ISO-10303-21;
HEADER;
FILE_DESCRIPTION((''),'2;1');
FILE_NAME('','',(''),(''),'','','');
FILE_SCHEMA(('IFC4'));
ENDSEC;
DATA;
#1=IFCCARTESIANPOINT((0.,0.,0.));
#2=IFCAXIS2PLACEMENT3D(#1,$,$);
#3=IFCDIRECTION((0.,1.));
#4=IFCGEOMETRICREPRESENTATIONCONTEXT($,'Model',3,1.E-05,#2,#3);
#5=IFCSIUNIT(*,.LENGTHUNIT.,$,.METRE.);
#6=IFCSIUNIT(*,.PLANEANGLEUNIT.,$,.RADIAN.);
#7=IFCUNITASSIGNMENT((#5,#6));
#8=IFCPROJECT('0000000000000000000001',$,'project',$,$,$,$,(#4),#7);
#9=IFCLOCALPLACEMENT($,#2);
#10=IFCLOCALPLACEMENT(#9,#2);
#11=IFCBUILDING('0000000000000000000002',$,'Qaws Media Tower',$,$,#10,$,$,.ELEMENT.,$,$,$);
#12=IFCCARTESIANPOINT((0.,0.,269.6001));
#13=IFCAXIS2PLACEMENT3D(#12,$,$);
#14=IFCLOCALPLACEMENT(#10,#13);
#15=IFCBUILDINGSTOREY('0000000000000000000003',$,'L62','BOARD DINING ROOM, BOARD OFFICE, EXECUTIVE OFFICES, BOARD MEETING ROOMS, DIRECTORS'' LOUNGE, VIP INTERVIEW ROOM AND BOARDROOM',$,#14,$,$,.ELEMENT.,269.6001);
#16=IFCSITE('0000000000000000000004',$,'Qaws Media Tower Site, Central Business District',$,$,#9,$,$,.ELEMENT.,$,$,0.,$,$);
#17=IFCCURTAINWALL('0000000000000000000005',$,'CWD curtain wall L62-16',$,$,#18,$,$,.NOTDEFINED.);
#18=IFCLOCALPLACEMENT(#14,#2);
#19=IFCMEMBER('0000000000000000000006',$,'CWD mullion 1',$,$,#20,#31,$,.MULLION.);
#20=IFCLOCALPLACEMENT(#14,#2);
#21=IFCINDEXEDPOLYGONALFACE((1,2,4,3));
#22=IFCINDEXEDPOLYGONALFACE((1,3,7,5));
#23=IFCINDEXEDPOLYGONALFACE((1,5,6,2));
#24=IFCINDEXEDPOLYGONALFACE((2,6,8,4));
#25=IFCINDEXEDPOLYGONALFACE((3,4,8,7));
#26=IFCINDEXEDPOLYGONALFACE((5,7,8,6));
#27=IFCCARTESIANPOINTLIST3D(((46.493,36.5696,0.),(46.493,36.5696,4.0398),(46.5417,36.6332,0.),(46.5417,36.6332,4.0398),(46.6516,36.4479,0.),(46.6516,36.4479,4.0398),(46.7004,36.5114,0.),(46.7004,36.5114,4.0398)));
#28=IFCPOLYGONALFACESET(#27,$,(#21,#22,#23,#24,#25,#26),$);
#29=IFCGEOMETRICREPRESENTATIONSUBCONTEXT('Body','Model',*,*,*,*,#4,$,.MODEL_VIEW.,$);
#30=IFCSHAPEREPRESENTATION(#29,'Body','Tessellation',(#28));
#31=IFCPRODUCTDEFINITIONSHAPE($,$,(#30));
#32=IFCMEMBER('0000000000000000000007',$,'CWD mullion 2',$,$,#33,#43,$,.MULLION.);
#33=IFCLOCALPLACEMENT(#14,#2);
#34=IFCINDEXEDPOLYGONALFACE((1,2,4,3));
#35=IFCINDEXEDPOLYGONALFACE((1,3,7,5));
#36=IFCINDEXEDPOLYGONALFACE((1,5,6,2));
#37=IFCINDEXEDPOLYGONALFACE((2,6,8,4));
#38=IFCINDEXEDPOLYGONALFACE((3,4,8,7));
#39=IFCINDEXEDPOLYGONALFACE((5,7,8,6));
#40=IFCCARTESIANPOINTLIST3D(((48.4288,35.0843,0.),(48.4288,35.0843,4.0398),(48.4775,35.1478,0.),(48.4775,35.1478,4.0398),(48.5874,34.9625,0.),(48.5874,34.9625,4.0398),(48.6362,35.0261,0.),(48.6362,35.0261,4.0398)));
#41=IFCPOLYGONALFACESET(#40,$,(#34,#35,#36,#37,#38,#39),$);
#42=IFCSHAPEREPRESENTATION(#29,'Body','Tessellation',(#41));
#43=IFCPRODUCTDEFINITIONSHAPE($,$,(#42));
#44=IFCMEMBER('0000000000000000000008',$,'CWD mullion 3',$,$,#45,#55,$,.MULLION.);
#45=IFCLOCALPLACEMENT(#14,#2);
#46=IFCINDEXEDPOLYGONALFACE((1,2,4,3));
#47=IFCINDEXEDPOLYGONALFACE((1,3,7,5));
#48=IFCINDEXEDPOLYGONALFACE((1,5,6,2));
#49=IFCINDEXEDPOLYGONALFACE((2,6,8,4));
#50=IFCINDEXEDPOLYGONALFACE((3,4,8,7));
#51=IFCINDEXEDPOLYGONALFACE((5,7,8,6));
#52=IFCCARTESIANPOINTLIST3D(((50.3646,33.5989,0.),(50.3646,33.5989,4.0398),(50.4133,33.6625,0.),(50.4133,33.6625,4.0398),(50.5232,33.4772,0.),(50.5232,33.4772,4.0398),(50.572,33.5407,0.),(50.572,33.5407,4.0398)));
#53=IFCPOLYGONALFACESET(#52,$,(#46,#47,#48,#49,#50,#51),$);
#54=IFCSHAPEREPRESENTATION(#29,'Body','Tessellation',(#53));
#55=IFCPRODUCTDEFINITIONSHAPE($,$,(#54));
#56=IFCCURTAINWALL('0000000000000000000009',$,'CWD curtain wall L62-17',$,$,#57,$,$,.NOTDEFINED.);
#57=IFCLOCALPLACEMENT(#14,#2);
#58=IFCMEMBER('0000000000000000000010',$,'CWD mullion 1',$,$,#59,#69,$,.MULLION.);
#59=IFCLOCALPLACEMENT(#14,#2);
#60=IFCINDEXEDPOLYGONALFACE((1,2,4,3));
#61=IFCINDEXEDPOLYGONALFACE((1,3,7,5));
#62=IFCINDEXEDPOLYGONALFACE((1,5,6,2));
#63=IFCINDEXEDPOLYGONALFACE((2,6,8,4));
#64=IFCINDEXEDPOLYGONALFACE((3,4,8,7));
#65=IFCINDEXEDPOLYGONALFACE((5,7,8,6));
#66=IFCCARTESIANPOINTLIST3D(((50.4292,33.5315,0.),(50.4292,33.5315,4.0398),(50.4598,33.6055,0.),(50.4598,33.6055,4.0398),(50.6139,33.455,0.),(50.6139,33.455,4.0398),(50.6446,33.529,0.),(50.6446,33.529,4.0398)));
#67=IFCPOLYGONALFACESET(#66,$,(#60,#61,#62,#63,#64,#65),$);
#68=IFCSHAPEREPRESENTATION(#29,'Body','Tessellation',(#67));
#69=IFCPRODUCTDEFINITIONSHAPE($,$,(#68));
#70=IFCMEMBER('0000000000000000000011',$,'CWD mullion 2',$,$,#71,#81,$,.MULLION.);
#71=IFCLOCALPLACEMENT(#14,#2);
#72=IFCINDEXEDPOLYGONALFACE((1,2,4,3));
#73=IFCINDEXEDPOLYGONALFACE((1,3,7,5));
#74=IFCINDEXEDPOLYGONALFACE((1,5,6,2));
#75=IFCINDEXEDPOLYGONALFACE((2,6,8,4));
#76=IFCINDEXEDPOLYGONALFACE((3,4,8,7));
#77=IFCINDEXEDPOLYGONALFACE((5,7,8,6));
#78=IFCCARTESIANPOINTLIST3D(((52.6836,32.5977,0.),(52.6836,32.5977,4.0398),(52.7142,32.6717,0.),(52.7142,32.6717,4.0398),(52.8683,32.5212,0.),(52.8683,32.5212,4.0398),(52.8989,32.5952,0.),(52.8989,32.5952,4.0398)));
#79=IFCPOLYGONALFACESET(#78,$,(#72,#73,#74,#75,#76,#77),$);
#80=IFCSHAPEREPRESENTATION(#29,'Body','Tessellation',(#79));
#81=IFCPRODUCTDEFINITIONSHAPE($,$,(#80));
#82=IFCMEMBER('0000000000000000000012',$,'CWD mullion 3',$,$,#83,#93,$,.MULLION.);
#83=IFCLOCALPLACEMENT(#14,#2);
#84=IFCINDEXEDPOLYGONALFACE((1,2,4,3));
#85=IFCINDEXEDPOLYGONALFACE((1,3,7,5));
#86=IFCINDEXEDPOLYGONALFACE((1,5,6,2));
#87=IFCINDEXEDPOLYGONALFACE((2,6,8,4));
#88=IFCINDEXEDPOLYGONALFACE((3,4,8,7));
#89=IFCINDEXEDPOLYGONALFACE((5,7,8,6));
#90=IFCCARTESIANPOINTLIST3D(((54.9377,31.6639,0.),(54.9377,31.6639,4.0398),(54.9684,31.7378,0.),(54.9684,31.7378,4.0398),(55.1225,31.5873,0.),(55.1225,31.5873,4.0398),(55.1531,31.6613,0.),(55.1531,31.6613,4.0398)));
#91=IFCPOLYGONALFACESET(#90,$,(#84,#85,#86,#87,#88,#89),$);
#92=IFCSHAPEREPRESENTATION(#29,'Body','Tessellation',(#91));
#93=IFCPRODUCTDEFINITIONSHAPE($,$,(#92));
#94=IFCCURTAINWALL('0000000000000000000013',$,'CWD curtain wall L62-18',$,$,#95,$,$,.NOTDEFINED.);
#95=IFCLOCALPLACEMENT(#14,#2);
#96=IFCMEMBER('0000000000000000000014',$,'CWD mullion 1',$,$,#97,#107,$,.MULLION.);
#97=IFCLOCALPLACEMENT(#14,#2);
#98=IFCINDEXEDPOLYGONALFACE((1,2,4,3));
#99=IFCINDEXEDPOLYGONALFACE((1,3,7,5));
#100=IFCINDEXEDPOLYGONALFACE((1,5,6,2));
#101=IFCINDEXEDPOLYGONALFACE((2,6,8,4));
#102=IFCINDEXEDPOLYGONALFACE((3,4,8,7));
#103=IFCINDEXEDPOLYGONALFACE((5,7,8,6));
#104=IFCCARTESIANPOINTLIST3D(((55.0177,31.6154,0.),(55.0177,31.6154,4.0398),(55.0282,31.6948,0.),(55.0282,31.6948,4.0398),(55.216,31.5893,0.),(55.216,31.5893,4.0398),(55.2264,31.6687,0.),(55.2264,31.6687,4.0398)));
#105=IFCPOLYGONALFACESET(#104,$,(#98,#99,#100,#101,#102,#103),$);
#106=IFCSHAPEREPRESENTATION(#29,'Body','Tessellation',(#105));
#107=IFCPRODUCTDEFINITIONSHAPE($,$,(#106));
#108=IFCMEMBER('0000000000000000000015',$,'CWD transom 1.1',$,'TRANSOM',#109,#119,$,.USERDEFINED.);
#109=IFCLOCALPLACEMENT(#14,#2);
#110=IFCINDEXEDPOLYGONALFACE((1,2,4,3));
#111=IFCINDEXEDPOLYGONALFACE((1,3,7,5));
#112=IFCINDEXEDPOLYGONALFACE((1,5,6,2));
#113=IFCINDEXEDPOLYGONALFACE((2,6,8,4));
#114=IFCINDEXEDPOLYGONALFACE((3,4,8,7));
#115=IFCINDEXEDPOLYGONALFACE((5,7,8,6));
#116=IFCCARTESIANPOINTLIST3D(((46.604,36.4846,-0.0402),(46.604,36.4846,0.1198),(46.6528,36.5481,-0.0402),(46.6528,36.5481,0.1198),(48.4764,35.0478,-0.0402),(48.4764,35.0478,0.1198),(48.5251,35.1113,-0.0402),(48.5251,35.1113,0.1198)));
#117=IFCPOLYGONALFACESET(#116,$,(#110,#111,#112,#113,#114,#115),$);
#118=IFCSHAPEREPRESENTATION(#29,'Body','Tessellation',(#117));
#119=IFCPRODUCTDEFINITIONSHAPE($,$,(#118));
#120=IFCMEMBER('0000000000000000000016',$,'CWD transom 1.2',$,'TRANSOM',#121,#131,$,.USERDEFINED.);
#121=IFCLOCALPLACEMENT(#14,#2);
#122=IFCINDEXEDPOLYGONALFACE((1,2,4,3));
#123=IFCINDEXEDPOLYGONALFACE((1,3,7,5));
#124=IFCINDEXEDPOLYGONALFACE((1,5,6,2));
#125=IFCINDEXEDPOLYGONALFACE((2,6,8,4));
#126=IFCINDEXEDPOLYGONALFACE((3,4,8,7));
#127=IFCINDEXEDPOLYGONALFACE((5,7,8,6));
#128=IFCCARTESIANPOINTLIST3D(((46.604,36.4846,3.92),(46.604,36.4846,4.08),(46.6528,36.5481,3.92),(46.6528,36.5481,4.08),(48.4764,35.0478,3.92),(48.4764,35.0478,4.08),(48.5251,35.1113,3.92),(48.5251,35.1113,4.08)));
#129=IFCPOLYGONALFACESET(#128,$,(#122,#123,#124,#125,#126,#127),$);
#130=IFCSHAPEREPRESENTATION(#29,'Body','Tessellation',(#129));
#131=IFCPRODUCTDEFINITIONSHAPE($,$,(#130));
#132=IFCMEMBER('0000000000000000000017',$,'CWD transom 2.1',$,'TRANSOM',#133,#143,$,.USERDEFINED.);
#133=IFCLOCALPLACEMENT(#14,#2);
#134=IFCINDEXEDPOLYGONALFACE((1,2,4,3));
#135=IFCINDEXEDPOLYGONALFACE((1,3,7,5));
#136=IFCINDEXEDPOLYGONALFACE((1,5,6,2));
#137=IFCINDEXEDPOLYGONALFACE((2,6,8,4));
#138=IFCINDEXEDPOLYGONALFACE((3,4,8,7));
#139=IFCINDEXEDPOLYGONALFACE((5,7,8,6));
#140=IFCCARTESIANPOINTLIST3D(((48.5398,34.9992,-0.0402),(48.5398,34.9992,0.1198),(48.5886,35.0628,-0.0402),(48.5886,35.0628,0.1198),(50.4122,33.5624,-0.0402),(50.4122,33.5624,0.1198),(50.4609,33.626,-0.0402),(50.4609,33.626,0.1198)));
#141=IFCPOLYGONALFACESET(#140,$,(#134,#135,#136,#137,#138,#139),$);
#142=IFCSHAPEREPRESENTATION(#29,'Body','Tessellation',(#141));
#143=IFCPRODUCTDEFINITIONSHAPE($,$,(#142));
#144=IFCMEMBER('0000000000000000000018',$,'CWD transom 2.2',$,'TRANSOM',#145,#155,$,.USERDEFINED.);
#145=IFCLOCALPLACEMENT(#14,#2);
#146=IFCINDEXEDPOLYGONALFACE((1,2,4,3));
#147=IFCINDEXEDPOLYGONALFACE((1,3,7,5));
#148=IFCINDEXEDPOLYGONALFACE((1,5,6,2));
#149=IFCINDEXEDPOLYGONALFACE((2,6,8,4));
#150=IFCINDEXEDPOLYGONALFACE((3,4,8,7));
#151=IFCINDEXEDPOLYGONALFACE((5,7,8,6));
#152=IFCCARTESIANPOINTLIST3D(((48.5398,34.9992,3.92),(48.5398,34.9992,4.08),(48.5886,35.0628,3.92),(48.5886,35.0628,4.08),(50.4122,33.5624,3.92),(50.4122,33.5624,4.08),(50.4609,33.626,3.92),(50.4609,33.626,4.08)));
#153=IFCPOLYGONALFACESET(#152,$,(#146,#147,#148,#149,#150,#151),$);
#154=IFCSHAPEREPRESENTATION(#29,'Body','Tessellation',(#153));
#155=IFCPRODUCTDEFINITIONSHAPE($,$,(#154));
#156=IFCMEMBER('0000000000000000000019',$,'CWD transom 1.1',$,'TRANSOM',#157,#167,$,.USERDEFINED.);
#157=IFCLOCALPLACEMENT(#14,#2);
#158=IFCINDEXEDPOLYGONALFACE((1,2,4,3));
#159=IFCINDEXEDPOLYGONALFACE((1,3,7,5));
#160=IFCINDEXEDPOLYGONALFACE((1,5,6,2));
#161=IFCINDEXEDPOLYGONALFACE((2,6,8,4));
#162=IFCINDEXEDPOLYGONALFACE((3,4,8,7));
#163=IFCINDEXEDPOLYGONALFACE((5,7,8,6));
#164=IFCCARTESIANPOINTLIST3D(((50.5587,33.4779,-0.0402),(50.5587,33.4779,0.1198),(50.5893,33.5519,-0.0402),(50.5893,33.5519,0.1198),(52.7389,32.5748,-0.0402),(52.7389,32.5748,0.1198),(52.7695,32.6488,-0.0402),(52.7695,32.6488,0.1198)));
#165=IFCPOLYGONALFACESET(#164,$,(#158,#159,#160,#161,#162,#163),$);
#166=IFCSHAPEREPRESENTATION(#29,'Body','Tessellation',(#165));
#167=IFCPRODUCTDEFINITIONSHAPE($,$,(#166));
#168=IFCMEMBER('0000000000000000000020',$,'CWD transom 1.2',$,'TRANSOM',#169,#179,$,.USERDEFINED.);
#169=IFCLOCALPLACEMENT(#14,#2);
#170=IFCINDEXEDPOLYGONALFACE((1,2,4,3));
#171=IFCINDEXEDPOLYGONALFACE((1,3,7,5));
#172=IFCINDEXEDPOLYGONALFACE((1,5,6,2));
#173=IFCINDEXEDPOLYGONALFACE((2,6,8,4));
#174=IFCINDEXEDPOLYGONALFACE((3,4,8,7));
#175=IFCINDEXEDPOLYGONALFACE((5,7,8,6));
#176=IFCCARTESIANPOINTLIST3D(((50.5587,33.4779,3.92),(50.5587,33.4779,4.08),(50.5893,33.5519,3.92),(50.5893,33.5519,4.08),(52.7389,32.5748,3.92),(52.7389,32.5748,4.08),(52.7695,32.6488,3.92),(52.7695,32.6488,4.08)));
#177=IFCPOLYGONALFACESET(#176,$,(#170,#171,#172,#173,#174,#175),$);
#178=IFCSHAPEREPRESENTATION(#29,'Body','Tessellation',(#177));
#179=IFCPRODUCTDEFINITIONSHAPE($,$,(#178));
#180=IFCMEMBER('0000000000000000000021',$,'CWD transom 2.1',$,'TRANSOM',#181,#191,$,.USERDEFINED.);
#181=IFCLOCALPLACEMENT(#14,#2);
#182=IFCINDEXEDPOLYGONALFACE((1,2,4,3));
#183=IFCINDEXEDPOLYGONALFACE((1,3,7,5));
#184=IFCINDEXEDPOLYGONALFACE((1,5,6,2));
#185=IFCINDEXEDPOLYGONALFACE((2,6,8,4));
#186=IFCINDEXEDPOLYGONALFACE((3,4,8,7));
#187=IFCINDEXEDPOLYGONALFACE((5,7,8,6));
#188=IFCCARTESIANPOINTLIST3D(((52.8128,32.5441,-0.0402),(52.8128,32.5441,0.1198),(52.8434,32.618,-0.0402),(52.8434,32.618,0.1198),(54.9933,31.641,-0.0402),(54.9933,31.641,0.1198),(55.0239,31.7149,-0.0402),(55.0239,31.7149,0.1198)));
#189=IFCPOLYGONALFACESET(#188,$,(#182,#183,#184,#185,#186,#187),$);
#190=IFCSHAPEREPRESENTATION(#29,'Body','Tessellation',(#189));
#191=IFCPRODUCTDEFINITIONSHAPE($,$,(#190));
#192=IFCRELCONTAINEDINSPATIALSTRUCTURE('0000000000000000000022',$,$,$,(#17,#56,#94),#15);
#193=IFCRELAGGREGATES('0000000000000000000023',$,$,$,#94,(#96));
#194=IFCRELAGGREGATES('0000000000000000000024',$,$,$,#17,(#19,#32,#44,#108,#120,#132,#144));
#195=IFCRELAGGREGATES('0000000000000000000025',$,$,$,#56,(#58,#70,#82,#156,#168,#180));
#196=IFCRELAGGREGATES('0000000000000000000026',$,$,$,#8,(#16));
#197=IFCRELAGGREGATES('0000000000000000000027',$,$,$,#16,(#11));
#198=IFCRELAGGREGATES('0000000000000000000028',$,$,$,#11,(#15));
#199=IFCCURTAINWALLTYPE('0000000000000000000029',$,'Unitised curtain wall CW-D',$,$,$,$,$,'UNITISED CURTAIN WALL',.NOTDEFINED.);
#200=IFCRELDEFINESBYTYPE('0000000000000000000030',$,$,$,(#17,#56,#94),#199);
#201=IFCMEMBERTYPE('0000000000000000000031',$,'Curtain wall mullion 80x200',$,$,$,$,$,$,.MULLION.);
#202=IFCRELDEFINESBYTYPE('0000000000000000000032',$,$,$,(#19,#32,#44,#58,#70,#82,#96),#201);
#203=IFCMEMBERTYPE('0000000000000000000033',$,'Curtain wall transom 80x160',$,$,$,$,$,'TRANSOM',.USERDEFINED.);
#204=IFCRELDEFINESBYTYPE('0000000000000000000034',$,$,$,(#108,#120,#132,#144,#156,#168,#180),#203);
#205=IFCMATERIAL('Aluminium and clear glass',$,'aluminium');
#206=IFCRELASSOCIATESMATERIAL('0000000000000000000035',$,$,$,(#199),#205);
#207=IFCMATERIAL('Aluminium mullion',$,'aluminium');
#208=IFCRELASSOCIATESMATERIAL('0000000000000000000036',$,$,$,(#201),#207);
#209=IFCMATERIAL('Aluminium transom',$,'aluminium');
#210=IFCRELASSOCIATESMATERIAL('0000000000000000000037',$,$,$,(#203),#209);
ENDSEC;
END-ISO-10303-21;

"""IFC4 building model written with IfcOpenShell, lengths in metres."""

from ifc_helpers import new_model, si_unit, direction, frame, origin, origin_2d, place, context, subcontext, project, spatial, rectangle, extrude, material, material_profile, profile_set, type_object, element, aggregate, save


model = new_model("IFC4")

# Units and contexts
model_context = context("Model", 3, precision=1e-05, world=origin(), true_north=direction((0.0, 1.0)))
body_context = subcontext(model_context, "Body", "Model", "MODEL_VIEW")
ifc_project = project(units=[si_unit("LENGTHUNIT", "METRE"), si_unit("PLANEANGLEUNIT", "RADIAN")], contexts=[model_context])

# Site, building, storey
site_placement = place(None, origin())
site = spatial("IfcSite", under=ifc_project, at=site_placement, Name="Qaws Media Tower Site, Central Business District", CompositionType="ELEMENT", RefElevation=0.0)
building_placement = place(site_placement, origin())
building = spatial("IfcBuilding", under=site, at=building_placement, Name="Qaws Media Tower", CompositionType="ELEMENT")
storey_placement = place(building_placement, frame((0.0, 0.0, 269.6001)))
storey = spatial("IfcBuildingStorey", under=building, at=storey_placement, Name="L62", Description="BOARD DINING ROOM, BOARD OFFICE, EXECUTIVE OFFICES, BOARD MEETING ROOMS, DIRECTORS' LOUNGE, VIP INTERVIEW ROOM AND BOARDROOM", CompositionType="ELEMENT", Elevation=269.6001)

# Curtain walls, members
ifc_material_1 = material(Name="Aluminium and clear glass", Category="aluminium")
curtain_wall_type = type_object("IfcCurtainWallType", Name="Unitised curtain wall CW-D", ElementType="UNITISED CURTAIN WALL", PredefinedType="NOTDEFINED", material=ifc_material_1)
curtain_wall_1_placement = place(storey_placement, origin())
curtain_wall_1 = element("IfcCurtainWall", 1, at=curtain_wall_1_placement, inside=storey, type_object=curtain_wall_type, Name="CWD curtain wall L62-16", PredefinedType="NOTDEFINED")
ifc_material_2 = material(Name="Aluminium mullion", Category="aluminium")
ifc_material_profile_1 = material_profile(ifc_material_2, rectangle(XDim=0.0801, YDim=0.2, at=origin_2d()), Name="80x200")
ifc_profile_set_1 = profile_set([ifc_material_profile_1], Name="Aluminium mullion")
member_type_1 = type_object("IfcMemberType", Name="Curtain wall mullion 80x200", PredefinedType="MULLION", material=ifc_profile_set_1)
member_1_placement = place(storey_placement, frame((46.5967, 36.5405, 0.0), z_axis=(0.0, 0.0, 1.0), x_axis=(0.608761, 0.793353, 0.0)))
member_1 = element("IfcMember", 2, at=member_1_placement, type_object=member_type_1, Name="CWD mullion 1", PredefinedType="MULLION", context=body_context, shape_type="SweptSolid", body=[
    extrude(rectangle(XDim=0.0801, YDim=0.2, at=origin_2d()), origin(), (0.0, 0.0, 1.0), 4.0398),
])
member_2_placement = place(storey_placement, frame((48.5325, 35.0552, 0.0), z_axis=(0.0, 0.0, 1.0), x_axis=(0.608761, 0.793353, 0.0)))
member_2 = element("IfcMember", 3, at=member_2_placement, type_object=member_type_1, Name="CWD mullion 2", PredefinedType="MULLION", context=body_context, shape_type="SweptSolid", body=[
    extrude(rectangle(XDim=0.0801, YDim=0.2, at=origin_2d()), origin(), (0.0, 0.0, 1.0), 4.0398),
])
member_3_placement = place(storey_placement, frame((50.4683, 33.5698, 0.0), z_axis=(0.0, 0.0, 1.0), x_axis=(0.608761, 0.793353, 0.0)))
member_3 = element("IfcMember", 4, at=member_3_placement, type_object=member_type_1, Name="CWD mullion 3", PredefinedType="MULLION", context=body_context, shape_type="SweptSolid", body=[
    extrude(rectangle(XDim=0.0801, YDim=0.2, at=origin_2d()), origin(), (0.0, 0.0, 1.0), 4.0398),
])
curtain_wall_2_placement = place(storey_placement, origin())
curtain_wall_2 = element("IfcCurtainWall", 5, at=curtain_wall_2_placement, inside=storey, type_object=curtain_wall_type, Name="CWD curtain wall L62-17", PredefinedType="NOTDEFINED")
member_4_placement = place(storey_placement, frame((50.5369, 33.5303, 0.0), z_axis=(0.0, 0.0, 1.0), x_axis=(0.382683, 0.92388, 0.0)))
member_4 = element("IfcMember", 6, at=member_4_placement, type_object=member_type_1, Name="CWD mullion 1", PredefinedType="MULLION", context=body_context, shape_type="SweptSolid", body=[
    extrude(rectangle(XDim=0.0801, YDim=0.2, at=origin_2d()), origin(), (0.0, 0.0, 1.0), 4.0398),
])
member_5_placement = place(storey_placement, frame((52.7913, 32.5964, 0.0), z_axis=(0.0, 0.0, 1.0), x_axis=(0.382683, 0.92388, 0.0)))
member_5 = element("IfcMember", 7, at=member_5_placement, type_object=member_type_1, Name="CWD mullion 2", PredefinedType="MULLION", context=body_context, shape_type="SweptSolid", body=[
    extrude(rectangle(XDim=0.0801, YDim=0.2, at=origin_2d()), origin(), (0.0, 0.0, 1.0), 4.0398),
])
member_6_placement = place(storey_placement, frame((55.0454, 31.6626, 0.0), z_axis=(0.0, 0.0, 1.0), x_axis=(0.382683, 0.92388, 0.0)))
member_6 = element("IfcMember", 8, at=member_6_placement, type_object=member_type_1, Name="CWD mullion 3", PredefinedType="MULLION", context=body_context, shape_type="SweptSolid", body=[
    extrude(rectangle(XDim=0.0801, YDim=0.2, at=origin_2d()), origin(), (0.0, 0.0, 1.0), 4.0398),
])

# Curtain wall, member
curtain_wall_3_placement = place(storey_placement, origin())
curtain_wall_3 = element("IfcCurtainWall", 9, at=curtain_wall_3_placement, inside=storey, type_object=curtain_wall_type, Name="CWD curtain wall L62-18", PredefinedType="NOTDEFINED")
member_7_placement = place(storey_placement, frame((55.1221, 31.6421, 0.0), z_axis=(0.0, 0.0, 1.0), x_axis=(0.130526, 0.991445, 0.0)))
member_7 = element("IfcMember", 10, at=member_7_placement, type_object=member_type_1, Name="CWD mullion 1", PredefinedType="MULLION", context=body_context, shape_type="SweptSolid", body=[
    extrude(rectangle(XDim=0.0801, YDim=0.2, at=origin_2d()), origin(), (0.0, 0.0, 1.0), 4.0398),
])

# Members
ifc_material_3 = material(Name="Aluminium transom", Category="aluminium")
ifc_material_profile_2 = material_profile(ifc_material_3, rectangle(XDim=0.0801, YDim=0.1599, at=origin_2d()), Name="80x160")
ifc_profile_set_2 = profile_set([ifc_material_profile_2], Name="Aluminium transom")
member_type_2 = type_object("IfcMemberType", Name="Curtain wall transom 80x160", ElementType="TRANSOM", PredefinedType="USERDEFINED", material=ifc_profile_set_2)
member_8_placement = place(storey_placement, frame((46.6284, 36.5164, 0.0398), z_axis=(0.793335, -0.608785, 0.0), x_axis=(0.608785, 0.793335, 0.0)))
member_8 = element("IfcMember", 11, at=member_8_placement, type_object=member_type_2, Name="CWD transom 1.1", ObjectType="TRANSOM", PredefinedType="USERDEFINED", context=body_context, shape_type="SweptSolid", body=[
    extrude(rectangle(XDim=0.0801, YDim=0.1599, at=origin_2d()), origin(), (0.0, 0.0, 1.0), 2.3601),
])
member_9_placement = place(storey_placement, frame((46.6284, 36.5164, 4.0), z_axis=(0.793335, -0.608785, 0.0), x_axis=(0.608785, 0.793335, 0.0)))
member_9 = element("IfcMember", 12, at=member_9_placement, type_object=member_type_2, Name="CWD transom 1.2", ObjectType="TRANSOM", PredefinedType="USERDEFINED", context=body_context, shape_type="SweptSolid", body=[
    extrude(rectangle(XDim=0.0801, YDim=0.1599, at=origin_2d()), origin(), (0.0, 0.0, 1.0), 2.3601),
])
member_10_placement = place(storey_placement, frame((48.5642, 35.031, 0.0398), z_axis=(0.793335, -0.608785, 0.0), x_axis=(0.608785, 0.793335, 0.0)))
member_10 = element("IfcMember", 13, at=member_10_placement, type_object=member_type_2, Name="CWD transom 2.1", ObjectType="TRANSOM", PredefinedType="USERDEFINED", context=body_context, shape_type="SweptSolid", body=[
    extrude(rectangle(XDim=0.0801, YDim=0.1599, at=origin_2d()), origin(), (0.0, 0.0, 1.0), 2.3601),
])
member_11_placement = place(storey_placement, frame((48.5642, 35.031, 4.0), z_axis=(0.793335, -0.608785, 0.0), x_axis=(0.608785, 0.793335, 0.0)))
member_11 = element("IfcMember", 14, at=member_11_placement, type_object=member_type_2, Name="CWD transom 2.2", ObjectType="TRANSOM", PredefinedType="USERDEFINED", context=body_context, shape_type="SweptSolid", body=[
    extrude(rectangle(XDim=0.0801, YDim=0.1599, at=origin_2d()), origin(), (0.0, 0.0, 1.0), 2.3601),
])
member_12_placement = place(storey_placement, frame((50.574, 33.5149, 0.0398), z_axis=(0.923877, -0.38269, 0.0), x_axis=(0.38269, 0.923877, 0.0)))
member_12 = element("IfcMember", 15, at=member_12_placement, type_object=member_type_2, Name="CWD transom 1.1", ObjectType="TRANSOM", PredefinedType="USERDEFINED", context=body_context, shape_type="SweptSolid", body=[
    extrude(rectangle(XDim=0.0801, YDim=0.1599, at=origin_2d()), origin(), (0.0, 0.0, 1.0), 2.3599),
])
member_13_placement = place(storey_placement, frame((50.574, 33.5149, 4.0), z_axis=(0.923877, -0.38269, 0.0), x_axis=(0.38269, 0.923877, 0.0)))
member_13 = element("IfcMember", 16, at=member_13_placement, type_object=member_type_2, Name="CWD transom 1.2", ObjectType="TRANSOM", PredefinedType="USERDEFINED", context=body_context, shape_type="SweptSolid", body=[
    extrude(rectangle(XDim=0.0801, YDim=0.1599, at=origin_2d()), origin(), (0.0, 0.0, 1.0), 2.3599),
])
member_14_placement = place(storey_placement, frame((52.8281, 32.5811, 0.0398), z_axis=(0.923892, -0.382653, 0.0), x_axis=(0.382653, 0.923892, 0.0)))
member_14 = element("IfcMember", 17, at=member_14_placement, type_object=member_type_2, Name="CWD transom 2.1", ObjectType="TRANSOM", PredefinedType="USERDEFINED", context=body_context, shape_type="SweptSolid", body=[
    extrude(rectangle(XDim=0.0801, YDim=0.1599, at=origin_2d()), origin(), (0.0, 0.0, 1.0), 2.3601),
])
aggregate(curtain_wall_3, [member_7])

aggregate(curtain_wall_1, [member_1, member_2, member_3, member_8, member_9, member_10, member_11])
aggregate(curtain_wall_2, [member_4, member_5, member_6, member_12, member_13, member_14])

save(model, "model.ifc")
